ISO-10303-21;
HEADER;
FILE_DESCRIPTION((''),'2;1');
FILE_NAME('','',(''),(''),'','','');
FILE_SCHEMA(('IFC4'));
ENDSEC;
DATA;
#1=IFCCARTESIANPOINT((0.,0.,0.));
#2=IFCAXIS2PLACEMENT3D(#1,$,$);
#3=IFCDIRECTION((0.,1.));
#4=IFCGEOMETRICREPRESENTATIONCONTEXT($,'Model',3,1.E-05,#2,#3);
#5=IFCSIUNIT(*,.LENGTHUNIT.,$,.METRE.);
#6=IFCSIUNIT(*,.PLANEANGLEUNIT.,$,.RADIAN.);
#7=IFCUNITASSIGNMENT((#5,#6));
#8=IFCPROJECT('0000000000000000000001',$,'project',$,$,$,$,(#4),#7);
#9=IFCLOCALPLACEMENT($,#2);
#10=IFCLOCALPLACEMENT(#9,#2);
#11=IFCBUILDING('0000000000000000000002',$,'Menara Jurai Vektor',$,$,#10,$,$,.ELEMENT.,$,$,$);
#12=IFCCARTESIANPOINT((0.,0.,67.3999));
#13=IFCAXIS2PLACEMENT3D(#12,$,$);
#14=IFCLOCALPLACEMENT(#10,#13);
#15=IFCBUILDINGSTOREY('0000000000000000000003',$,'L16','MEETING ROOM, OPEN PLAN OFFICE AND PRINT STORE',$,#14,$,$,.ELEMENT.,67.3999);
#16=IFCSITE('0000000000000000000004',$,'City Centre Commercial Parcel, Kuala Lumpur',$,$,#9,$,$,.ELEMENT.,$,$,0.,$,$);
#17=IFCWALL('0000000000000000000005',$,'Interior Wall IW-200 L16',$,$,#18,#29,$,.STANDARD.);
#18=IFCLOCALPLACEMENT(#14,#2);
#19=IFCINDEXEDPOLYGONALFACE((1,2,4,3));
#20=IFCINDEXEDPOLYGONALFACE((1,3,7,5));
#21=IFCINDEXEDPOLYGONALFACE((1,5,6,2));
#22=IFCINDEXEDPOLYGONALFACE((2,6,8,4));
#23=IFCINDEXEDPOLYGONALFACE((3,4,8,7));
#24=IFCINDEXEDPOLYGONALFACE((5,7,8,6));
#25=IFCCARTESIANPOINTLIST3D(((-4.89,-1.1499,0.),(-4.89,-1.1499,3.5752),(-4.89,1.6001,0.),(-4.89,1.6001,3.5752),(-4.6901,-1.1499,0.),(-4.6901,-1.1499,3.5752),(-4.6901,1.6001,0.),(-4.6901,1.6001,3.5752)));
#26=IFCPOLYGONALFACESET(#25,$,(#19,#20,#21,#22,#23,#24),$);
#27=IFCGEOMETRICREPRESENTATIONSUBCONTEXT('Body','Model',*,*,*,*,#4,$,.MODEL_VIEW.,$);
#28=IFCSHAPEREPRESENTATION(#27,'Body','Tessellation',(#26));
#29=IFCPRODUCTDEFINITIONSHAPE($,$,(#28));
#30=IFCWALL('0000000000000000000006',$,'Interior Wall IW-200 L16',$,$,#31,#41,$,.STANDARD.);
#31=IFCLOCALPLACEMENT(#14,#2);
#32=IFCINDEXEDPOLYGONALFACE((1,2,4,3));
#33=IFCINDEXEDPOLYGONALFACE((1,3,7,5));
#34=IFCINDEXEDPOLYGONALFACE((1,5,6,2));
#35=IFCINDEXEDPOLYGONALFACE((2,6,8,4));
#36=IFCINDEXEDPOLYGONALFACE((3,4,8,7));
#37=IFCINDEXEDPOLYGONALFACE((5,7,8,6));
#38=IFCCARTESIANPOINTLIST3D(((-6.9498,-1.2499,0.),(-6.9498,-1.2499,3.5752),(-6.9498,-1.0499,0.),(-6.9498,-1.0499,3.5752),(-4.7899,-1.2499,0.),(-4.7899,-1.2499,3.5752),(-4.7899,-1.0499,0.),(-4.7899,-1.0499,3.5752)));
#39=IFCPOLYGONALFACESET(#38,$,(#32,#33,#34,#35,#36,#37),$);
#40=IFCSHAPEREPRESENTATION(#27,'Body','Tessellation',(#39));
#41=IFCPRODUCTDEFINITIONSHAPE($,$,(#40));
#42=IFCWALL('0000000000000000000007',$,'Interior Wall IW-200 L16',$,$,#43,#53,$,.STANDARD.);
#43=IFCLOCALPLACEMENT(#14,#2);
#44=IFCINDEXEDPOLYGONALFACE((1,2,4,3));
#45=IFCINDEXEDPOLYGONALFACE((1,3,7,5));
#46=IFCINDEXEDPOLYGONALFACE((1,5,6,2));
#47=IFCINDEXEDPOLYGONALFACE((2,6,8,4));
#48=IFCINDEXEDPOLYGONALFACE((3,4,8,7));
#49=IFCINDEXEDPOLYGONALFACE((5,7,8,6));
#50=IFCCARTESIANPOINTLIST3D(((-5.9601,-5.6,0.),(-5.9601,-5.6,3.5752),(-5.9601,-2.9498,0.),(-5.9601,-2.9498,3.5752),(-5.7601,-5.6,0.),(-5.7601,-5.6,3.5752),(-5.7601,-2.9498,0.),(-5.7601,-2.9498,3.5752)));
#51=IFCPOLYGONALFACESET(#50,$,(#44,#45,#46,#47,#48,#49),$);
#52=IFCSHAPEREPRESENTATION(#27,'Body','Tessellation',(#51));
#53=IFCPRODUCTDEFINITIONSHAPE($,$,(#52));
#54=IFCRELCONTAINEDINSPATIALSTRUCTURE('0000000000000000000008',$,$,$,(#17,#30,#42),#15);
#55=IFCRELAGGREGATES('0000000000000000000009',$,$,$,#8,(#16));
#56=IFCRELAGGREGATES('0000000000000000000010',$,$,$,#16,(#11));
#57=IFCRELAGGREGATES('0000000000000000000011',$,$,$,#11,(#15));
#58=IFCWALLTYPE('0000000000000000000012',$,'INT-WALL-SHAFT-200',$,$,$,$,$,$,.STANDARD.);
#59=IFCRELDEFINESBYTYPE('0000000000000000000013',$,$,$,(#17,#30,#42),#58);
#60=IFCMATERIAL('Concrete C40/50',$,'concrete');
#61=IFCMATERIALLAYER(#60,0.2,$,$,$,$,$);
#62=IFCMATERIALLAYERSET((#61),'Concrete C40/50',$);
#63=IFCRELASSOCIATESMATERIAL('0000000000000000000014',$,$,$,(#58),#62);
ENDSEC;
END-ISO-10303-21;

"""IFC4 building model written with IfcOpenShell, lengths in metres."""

from ifc_helpers import new_model, si_unit, direction, frame, frame_2d, origin, place, context, subcontext, project, spatial, rectangle, extrude, material, layer, layer_set, type_object, element, save


model = new_model("IFC4")

# Units and contexts
model_context = context("Model", 3, precision=1e-05, world=origin(), true_north=direction((0.0, 1.0)))
body_context = subcontext(model_context, "Body", "Model", "MODEL_VIEW")
ifc_project = project(units=[si_unit("LENGTHUNIT", "METRE"), si_unit("PLANEANGLEUNIT", "RADIAN")], contexts=[model_context])

# Site, building, storey
site_placement = place(None, origin())
site = spatial("IfcSite", under=ifc_project, at=site_placement, Name="City Centre Commercial Parcel, Kuala Lumpur", CompositionType="ELEMENT", RefElevation=0.0)
building_placement = place(site_placement, origin())
building = spatial("IfcBuilding", under=site, at=building_placement, Name="Menara Jurai Vektor", CompositionType="ELEMENT")
storey_placement = place(building_placement, frame((0.0, 0.0, 67.3999)))
storey = spatial("IfcBuildingStorey", under=building, at=storey_placement, Name="L16", Description="MEETING ROOM, OPEN PLAN OFFICE AND PRINT STORE", CompositionType="ELEMENT", Elevation=67.3999)

# Shared definitions
ifc_material_1 = material(Name="Concrete C40/50", Category="concrete")
ifc_layer_1 = layer(ifc_material_1, 0.2)
ifc_layer_set_1 = layer_set([ifc_layer_1], Name="Concrete C40/50")
wall_type_1 = type_object("IfcWallType", Name="INT-WALL-SHAFT-200", PredefinedType="STANDARD", material=ifc_layer_set_1)

# Walls
for number, where, z_axis, x_axis, name in (
    (1, (-4.79, -1.1499, 0.0), (0.0, 0.0, 1.0), (0.0, 1.0, 0.0), "Interior Wall IW-200 L16"),
):
    element("IfcWall", number, at=place(storey_placement, frame(where, z_axis=z_axis, x_axis=x_axis)), inside=storey, type_object=wall_type_1, Name=name, PredefinedType="STANDARD", context=body_context, shape_type="SweptSolid", body=[
        extrude(rectangle(XDim=2.75, YDim=0.2, at=frame_2d((1.375, 0.0))), origin(), (0.0, 0.0, 1.0), 3.5752),
    ])
wall_1_placement = place(storey_placement, frame((-6.95, -1.1499, 0.0), z_axis=(0.0, 0.0, 1.0), x_axis=(1.0, 0.0, 0.0)))
element("IfcWall", 2, at=wall_1_placement, inside=storey, type_object=wall_type_1, Name="Interior Wall IW-200 L16", PredefinedType="STANDARD", context=body_context, shape_type="SweptSolid", body=[
    extrude(rectangle(XDim=2.1599, YDim=0.2, at=frame_2d((1.0801, 0.0))), origin(), (0.0, 0.0, 1.0), 3.5752),
])
wall_2_placement = place(storey_placement, frame((-5.8601, -5.6001, 0.0), z_axis=(0.0, 0.0, 1.0), x_axis=(0.0, 1.0, 0.0)))
element("IfcWall", 3, at=wall_2_placement, inside=storey, type_object=wall_type_1, Name="Interior Wall IW-200 L16", PredefinedType="STANDARD", context=body_context, shape_type="SweptSolid", body=[
    extrude(rectangle(XDim=2.6501, YDim=0.2, at=frame_2d((1.3252, 0.0))), origin(), (0.0, 0.0, 1.0), 3.5752),
])

save(model, "model.ifc")
